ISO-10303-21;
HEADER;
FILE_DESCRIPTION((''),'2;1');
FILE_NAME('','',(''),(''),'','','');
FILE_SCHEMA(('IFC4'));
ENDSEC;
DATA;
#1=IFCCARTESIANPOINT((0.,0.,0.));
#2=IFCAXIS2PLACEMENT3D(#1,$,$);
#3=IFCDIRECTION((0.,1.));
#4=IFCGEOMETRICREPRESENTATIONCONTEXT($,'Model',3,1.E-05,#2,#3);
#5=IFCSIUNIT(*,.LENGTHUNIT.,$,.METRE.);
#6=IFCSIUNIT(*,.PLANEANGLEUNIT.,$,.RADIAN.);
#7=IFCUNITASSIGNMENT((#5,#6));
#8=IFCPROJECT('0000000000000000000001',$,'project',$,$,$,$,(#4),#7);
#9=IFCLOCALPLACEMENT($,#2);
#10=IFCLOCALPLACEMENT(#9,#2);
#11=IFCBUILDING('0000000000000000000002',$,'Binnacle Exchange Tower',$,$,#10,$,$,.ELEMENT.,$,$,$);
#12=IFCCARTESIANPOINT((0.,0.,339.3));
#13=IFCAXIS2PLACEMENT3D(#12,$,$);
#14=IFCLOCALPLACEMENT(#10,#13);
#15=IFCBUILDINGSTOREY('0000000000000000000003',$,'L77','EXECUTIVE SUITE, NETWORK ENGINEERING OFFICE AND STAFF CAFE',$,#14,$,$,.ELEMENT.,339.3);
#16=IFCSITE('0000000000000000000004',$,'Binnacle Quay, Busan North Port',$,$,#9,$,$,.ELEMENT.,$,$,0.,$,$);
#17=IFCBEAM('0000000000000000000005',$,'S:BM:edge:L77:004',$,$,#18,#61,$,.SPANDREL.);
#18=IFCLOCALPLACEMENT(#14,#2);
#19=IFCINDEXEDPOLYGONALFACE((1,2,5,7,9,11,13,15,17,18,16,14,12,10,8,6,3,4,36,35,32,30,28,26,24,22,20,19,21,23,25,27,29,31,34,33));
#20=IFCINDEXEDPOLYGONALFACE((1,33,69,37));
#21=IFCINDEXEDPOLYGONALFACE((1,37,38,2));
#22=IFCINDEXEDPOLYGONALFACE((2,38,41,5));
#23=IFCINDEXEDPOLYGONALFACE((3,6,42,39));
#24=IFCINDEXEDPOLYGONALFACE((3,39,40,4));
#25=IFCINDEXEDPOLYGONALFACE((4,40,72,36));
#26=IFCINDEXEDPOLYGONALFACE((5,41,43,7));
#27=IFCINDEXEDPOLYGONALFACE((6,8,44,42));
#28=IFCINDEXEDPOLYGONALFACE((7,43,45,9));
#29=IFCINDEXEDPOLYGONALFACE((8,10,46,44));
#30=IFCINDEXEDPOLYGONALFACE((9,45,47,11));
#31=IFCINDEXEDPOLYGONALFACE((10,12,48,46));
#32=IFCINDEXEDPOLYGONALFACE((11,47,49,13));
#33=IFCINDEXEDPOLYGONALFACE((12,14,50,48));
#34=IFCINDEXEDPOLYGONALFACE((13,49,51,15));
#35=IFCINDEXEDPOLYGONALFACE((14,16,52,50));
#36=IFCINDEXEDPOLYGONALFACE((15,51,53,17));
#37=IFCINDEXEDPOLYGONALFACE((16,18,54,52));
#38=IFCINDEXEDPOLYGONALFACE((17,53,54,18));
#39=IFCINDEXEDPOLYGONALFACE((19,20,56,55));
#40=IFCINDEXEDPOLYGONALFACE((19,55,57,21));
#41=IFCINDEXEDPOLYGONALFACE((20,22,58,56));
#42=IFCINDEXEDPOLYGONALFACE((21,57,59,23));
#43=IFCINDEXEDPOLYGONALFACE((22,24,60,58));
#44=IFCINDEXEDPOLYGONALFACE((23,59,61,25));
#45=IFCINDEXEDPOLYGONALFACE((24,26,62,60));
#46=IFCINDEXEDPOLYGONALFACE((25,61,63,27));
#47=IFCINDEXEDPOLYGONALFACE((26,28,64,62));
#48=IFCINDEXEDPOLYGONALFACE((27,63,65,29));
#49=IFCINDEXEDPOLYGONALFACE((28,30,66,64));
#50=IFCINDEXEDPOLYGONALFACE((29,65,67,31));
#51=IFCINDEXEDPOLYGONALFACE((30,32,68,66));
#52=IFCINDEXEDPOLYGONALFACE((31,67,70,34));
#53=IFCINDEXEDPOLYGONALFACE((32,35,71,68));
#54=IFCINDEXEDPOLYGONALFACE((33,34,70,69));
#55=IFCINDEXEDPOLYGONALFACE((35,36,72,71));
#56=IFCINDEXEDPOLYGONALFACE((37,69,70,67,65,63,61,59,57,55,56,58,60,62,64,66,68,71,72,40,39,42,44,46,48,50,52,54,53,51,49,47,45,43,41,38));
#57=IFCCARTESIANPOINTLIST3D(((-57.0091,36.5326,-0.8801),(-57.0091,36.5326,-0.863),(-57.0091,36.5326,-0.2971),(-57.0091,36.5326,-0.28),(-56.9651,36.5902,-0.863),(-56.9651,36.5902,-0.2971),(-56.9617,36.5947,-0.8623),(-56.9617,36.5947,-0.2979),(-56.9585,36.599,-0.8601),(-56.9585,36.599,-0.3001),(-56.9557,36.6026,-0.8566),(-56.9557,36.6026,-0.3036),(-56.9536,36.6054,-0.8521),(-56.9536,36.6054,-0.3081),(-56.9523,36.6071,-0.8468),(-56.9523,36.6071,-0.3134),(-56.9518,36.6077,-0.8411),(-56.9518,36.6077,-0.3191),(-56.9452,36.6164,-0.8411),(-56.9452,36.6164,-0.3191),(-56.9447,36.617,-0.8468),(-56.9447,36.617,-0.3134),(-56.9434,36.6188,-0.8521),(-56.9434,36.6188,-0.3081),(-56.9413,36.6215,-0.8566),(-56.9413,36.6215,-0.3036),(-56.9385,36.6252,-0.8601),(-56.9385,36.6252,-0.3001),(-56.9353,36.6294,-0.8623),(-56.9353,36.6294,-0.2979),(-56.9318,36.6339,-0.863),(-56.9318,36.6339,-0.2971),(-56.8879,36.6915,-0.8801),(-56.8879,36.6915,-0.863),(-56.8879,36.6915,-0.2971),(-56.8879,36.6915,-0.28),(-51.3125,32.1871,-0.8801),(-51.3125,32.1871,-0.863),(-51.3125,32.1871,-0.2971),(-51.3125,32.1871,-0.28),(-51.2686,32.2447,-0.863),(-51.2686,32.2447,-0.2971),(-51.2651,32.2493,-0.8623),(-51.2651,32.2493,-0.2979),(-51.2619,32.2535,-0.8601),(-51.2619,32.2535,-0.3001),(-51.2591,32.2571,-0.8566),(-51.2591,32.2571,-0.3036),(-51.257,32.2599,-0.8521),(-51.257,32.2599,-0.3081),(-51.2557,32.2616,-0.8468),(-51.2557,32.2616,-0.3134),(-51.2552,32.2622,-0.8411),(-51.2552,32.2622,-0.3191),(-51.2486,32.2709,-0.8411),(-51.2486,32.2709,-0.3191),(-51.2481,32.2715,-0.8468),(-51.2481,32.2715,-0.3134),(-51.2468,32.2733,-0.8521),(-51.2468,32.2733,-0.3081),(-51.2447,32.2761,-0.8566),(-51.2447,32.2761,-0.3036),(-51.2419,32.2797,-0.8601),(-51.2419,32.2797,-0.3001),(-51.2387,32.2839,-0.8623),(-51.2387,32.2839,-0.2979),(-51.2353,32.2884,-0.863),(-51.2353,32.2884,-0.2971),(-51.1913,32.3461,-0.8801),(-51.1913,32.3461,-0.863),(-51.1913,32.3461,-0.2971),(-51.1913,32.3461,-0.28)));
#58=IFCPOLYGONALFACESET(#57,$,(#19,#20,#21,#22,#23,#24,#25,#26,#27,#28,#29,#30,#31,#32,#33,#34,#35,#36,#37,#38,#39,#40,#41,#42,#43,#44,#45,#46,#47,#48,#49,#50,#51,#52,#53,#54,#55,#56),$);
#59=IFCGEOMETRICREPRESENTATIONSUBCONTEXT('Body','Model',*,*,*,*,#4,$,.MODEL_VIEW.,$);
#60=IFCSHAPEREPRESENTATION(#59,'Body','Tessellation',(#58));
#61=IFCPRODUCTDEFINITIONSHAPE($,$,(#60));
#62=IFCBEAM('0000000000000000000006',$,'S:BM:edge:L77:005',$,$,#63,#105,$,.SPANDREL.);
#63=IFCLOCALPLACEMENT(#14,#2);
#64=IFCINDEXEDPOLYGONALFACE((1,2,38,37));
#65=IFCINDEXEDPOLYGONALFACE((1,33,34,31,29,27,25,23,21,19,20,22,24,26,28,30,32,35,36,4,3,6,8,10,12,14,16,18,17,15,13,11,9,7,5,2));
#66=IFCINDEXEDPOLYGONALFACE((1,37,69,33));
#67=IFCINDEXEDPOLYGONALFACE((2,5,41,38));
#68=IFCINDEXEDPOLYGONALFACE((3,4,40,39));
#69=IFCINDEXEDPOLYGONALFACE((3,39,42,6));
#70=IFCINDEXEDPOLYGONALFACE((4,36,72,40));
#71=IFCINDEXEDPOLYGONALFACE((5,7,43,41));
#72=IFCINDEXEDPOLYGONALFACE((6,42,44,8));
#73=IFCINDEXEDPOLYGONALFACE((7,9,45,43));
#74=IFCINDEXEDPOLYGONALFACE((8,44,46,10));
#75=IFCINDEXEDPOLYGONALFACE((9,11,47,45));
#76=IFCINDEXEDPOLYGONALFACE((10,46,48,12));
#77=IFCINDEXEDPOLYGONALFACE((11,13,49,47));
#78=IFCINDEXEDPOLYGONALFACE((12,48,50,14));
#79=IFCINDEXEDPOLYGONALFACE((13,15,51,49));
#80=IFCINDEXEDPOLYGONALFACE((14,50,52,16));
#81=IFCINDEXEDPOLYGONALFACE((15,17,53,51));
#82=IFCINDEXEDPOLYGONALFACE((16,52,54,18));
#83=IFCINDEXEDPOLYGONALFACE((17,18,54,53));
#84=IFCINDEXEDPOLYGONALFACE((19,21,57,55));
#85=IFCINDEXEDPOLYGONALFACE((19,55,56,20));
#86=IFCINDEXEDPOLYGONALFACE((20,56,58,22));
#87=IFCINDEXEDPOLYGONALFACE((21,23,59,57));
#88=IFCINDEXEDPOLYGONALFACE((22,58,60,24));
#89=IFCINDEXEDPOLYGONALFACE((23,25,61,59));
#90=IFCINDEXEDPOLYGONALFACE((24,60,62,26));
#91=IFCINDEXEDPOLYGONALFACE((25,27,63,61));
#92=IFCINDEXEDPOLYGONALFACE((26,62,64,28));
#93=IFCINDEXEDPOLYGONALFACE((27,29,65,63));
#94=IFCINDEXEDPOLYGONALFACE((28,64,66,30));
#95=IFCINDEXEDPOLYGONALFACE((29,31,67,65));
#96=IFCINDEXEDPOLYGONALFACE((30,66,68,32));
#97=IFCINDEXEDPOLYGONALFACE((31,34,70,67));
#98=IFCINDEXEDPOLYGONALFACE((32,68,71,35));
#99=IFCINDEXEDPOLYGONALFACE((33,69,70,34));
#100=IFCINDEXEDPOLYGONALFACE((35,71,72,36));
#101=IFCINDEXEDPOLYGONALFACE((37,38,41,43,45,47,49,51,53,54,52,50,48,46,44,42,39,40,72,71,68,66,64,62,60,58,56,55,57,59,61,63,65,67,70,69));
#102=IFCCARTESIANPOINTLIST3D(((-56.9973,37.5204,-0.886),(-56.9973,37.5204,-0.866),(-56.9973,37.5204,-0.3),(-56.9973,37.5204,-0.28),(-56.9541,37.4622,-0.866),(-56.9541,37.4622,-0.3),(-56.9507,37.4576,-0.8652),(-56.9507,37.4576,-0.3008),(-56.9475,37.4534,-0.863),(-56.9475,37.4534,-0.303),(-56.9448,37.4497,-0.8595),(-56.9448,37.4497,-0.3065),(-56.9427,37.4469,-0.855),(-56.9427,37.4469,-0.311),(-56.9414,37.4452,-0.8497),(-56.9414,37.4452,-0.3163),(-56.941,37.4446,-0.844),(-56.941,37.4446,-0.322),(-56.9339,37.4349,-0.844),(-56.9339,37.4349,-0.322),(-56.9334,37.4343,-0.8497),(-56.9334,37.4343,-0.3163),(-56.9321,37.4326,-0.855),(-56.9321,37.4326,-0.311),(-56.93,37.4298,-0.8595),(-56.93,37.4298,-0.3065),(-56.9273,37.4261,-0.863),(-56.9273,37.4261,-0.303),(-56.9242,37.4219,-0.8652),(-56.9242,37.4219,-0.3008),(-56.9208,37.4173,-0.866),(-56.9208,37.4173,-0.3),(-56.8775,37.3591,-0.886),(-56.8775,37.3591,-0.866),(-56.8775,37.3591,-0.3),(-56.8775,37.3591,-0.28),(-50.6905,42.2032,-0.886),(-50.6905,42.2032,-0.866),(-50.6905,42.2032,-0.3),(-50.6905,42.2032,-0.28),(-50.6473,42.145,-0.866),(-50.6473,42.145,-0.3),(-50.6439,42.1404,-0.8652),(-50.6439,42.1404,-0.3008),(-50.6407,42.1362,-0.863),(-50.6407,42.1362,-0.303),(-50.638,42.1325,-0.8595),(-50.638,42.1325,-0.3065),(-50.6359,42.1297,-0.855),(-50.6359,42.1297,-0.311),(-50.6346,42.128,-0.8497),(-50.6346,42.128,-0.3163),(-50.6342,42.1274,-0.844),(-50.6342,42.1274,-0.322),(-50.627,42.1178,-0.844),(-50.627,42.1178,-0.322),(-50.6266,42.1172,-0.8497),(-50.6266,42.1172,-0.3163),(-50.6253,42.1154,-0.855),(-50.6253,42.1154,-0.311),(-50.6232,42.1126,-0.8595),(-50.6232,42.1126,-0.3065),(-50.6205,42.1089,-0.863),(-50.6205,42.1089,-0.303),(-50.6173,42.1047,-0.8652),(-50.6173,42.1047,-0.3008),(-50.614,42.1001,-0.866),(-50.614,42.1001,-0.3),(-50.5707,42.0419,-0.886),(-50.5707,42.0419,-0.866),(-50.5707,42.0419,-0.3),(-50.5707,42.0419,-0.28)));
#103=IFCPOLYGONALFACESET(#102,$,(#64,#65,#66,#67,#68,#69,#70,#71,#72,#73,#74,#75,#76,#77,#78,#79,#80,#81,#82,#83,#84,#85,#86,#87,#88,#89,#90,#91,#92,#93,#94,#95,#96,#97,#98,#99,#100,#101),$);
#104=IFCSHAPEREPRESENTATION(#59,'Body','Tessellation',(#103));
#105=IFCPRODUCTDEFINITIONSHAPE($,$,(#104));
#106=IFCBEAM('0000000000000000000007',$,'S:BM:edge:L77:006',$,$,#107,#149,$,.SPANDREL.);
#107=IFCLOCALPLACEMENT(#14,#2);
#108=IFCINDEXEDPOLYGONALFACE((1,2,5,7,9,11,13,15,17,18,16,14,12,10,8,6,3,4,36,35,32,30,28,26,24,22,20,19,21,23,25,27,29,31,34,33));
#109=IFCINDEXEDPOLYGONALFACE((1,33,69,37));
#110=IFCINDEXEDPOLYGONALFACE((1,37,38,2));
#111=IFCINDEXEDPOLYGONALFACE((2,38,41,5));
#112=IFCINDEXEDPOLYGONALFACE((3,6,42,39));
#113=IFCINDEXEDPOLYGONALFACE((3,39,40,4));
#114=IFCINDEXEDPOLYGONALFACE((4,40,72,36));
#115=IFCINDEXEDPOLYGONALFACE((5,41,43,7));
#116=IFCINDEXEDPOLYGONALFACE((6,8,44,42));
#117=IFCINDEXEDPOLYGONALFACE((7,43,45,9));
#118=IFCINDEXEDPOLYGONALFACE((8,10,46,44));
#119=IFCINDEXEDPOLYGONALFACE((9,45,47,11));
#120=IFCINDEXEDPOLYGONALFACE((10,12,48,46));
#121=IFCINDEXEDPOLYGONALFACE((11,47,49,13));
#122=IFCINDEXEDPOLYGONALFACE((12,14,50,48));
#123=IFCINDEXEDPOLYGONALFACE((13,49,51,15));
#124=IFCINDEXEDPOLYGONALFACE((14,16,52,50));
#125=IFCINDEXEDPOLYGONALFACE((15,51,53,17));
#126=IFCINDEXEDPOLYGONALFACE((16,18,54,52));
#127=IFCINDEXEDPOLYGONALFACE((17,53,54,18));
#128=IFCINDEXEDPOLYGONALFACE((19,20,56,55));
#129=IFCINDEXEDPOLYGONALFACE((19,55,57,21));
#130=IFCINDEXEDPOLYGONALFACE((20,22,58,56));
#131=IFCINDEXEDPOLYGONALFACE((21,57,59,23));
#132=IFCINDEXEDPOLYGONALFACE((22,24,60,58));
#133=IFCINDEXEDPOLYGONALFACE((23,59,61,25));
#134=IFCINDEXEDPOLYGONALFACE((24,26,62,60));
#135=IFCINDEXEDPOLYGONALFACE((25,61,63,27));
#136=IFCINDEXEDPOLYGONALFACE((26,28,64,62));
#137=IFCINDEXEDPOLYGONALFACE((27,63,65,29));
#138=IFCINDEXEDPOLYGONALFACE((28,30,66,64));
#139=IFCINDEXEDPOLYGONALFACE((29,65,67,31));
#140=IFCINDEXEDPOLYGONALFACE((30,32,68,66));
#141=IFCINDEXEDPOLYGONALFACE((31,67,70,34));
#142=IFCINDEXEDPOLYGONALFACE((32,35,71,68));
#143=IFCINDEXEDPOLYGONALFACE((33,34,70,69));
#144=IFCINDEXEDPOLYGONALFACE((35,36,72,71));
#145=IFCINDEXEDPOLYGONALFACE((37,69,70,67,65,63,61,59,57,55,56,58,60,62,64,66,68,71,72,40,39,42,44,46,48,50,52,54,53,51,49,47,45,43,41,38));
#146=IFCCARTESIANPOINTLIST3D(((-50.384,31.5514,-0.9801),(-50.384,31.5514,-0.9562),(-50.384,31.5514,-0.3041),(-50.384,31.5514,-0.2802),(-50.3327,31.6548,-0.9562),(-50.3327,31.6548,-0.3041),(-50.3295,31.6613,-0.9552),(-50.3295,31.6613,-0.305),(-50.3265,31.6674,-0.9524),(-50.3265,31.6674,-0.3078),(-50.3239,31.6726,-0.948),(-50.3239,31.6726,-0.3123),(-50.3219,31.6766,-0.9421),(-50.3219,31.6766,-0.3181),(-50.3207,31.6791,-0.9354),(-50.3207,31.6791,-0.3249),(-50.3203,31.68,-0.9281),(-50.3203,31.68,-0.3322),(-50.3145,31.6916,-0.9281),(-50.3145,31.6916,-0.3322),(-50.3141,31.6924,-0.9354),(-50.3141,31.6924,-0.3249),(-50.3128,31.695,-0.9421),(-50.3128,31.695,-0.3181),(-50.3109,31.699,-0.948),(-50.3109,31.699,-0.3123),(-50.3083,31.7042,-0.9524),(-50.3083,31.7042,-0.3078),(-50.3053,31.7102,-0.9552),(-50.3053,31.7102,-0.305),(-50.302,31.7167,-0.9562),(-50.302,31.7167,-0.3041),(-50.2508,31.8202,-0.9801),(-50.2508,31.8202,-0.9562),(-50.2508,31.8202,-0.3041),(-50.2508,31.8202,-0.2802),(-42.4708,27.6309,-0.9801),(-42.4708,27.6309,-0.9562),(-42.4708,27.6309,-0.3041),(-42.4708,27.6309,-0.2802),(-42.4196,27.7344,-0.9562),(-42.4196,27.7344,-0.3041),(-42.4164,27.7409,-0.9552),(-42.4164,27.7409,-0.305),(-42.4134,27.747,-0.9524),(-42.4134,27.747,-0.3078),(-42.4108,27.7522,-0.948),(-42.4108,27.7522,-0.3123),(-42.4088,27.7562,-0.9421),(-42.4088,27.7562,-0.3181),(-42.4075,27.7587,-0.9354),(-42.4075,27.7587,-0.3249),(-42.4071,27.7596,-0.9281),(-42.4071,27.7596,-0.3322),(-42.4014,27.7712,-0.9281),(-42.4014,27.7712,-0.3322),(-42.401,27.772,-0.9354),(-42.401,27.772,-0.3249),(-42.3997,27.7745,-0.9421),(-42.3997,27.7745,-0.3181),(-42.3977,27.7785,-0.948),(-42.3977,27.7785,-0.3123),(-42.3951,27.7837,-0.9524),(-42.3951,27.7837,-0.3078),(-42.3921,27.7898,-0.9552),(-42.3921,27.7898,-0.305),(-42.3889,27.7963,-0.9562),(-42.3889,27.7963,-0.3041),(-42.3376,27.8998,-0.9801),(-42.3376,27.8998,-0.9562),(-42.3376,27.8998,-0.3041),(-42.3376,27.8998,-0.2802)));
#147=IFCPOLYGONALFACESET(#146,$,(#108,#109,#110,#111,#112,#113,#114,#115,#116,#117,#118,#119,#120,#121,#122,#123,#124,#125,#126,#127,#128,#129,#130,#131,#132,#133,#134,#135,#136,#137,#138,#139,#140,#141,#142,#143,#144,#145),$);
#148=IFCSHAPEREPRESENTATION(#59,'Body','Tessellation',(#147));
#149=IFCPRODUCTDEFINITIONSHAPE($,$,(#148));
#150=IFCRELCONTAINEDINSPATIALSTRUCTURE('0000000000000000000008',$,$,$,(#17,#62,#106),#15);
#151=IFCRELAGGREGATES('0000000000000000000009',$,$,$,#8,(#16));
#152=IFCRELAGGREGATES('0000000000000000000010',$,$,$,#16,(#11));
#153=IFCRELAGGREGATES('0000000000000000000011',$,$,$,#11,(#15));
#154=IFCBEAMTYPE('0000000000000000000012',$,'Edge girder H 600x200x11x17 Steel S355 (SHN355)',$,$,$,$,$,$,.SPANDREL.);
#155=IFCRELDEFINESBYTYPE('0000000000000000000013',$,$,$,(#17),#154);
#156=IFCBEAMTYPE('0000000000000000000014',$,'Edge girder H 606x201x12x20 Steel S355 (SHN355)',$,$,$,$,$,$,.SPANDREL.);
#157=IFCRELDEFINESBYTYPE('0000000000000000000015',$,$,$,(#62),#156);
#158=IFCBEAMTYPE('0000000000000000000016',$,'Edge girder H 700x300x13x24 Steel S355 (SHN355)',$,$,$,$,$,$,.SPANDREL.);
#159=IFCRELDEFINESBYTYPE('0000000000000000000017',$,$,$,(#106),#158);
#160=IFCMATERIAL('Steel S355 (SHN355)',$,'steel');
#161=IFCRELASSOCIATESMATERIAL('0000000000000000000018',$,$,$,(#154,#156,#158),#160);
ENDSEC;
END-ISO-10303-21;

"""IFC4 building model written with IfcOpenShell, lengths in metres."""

from ifc_helpers import new_model, si_unit, direction, frame, origin, origin_2d, place, context, subcontext, project, spatial, i_section, extrude, material, material_profile, profile_set, type_object, element, save


model = new_model("IFC4")

# Units and contexts
model_context = context("Model", 3, precision=1e-05, world=origin(), true_north=direction((0.0, 1.0)))
body_context = subcontext(model_context, "Body", "Model", "MODEL_VIEW")
ifc_project = project(units=[si_unit("LENGTHUNIT", "METRE"), si_unit("PLANEANGLEUNIT", "RADIAN")], contexts=[model_context])

# Site, building, storey
site_placement = place(None, origin())
site = spatial("IfcSite", under=ifc_project, at=site_placement, Name="Binnacle Quay, Busan North Port", CompositionType="ELEMENT", RefElevation=0.0)
building_placement = place(site_placement, origin())
building = spatial("IfcBuilding", under=site, at=building_placement, Name="Binnacle Exchange Tower", CompositionType="ELEMENT")
storey_placement = place(building_placement, frame((0.0, 0.0, 339.3)))
storey = spatial("IfcBuildingStorey", under=building, at=storey_placement, Name="L77", Description="EXECUTIVE SUITE, NETWORK ENGINEERING OFFICE AND STAFF CAFE", CompositionType="ELEMENT", Elevation=339.3)

# Beams
ifc_material_1 = material(Name="Steel S355 (SHN355)", Category="steel")
ifc_material_profile_1 = material_profile(ifc_material_1, i_section(OverallWidth=0.2, OverallDepth=0.6001, WebThickness=0.011, FlangeThickness=0.0171, FilletRadius=0.022, at=origin_2d()), Name="H 600x200x11x17")
ifc_profile_set_1 = profile_set([ifc_material_profile_1], Name="Steel S355 (SHN355)")
beam_type_1 = type_object("IfcBeamType", Name="Edge girder H 600x200x11x17 Steel S355 (SHN355)", PredefinedType="SPANDREL", material=ifc_profile_set_1)
beam_1_placement = place(storey_placement, frame((-56.9485, 36.6121, -0.5801), z_axis=(0.795079, -0.606506, 0.0), x_axis=(0.606506, 0.795079, 0.0)))
element("IfcBeam", 1, at=beam_1_placement, inside=storey, type_object=beam_type_1, Name="S:BM:edge:L77:004", PredefinedType="SPANDREL", context=body_context, shape_type="SweptSolid", body=[
    extrude(i_section(OverallWidth=0.2, OverallDepth=0.6001, WebThickness=0.011, FlangeThickness=0.0171, FilletRadius=0.022, at=origin_2d()), origin(), (0.0, 0.0, 1.0), 7.1648),
])
ifc_material_profile_2 = material_profile(ifc_material_1, i_section(OverallWidth=0.2009, OverallDepth=0.606, WebThickness=0.012, FlangeThickness=0.02, FilletRadius=0.022, at=origin_2d()), Name="H 606x201x12x20")
ifc_profile_set_2 = profile_set([ifc_material_profile_2], Name="Steel S355 (SHN355)")
beam_type_2 = type_object("IfcBeamType", Name="Edge girder H 606x201x12x20 Steel S355 (SHN355)", PredefinedType="SPANDREL", material=ifc_profile_set_2)
beam_2_placement = place(storey_placement, frame((-50.6306, 42.1226, -0.583), z_axis=(-0.802881, -0.596139, 0.0), x_axis=(0.596139, -0.802881, 0.0)))
element("IfcBeam", 2, at=beam_2_placement, inside=storey, type_object=beam_type_2, Name="S:BM:edge:L77:005", PredefinedType="SPANDREL", context=body_context, shape_type="SweptSolid", body=[
    extrude(i_section(OverallWidth=0.2009, OverallDepth=0.606, WebThickness=0.012, FlangeThickness=0.02, FilletRadius=0.022, at=origin_2d()), origin(), (0.0, 0.0, 1.0), 7.8552),
])
ifc_material_profile_3 = material_profile(ifc_material_1, i_section(OverallWidth=0.3, OverallDepth=0.7, WebThickness=0.0129, FlangeThickness=0.0239, FilletRadius=0.0281, at=origin_2d()), Name="H 700x300x13x24")
ifc_profile_set_3 = profile_set([ifc_material_profile_3], Name="Steel S355 (SHN355)")
beam_type_3 = type_object("IfcBeamType", Name="Edge girder H 700x300x13x24 Steel S355 (SHN355)", PredefinedType="SPANDREL", material=ifc_profile_set_3)
beam_3_placement = place(storey_placement, frame((-50.3174, 31.6858, -0.6301), z_axis=(0.896058, -0.443937, 0.0), x_axis=(0.443937, 0.896058, 0.0)))
element("IfcBeam", 3, at=beam_3_placement, inside=storey, type_object=beam_type_3, Name="S:BM:edge:L77:006", PredefinedType="SPANDREL", context=body_context, shape_type="SweptSolid", body=[
    extrude(i_section(OverallWidth=0.3, OverallDepth=0.7, WebThickness=0.0129, FlangeThickness=0.0239, FilletRadius=0.0281, at=origin_2d()), origin(), (0.0, 0.0, 1.0), 8.8311),
])

save(model, "model.ifc")
